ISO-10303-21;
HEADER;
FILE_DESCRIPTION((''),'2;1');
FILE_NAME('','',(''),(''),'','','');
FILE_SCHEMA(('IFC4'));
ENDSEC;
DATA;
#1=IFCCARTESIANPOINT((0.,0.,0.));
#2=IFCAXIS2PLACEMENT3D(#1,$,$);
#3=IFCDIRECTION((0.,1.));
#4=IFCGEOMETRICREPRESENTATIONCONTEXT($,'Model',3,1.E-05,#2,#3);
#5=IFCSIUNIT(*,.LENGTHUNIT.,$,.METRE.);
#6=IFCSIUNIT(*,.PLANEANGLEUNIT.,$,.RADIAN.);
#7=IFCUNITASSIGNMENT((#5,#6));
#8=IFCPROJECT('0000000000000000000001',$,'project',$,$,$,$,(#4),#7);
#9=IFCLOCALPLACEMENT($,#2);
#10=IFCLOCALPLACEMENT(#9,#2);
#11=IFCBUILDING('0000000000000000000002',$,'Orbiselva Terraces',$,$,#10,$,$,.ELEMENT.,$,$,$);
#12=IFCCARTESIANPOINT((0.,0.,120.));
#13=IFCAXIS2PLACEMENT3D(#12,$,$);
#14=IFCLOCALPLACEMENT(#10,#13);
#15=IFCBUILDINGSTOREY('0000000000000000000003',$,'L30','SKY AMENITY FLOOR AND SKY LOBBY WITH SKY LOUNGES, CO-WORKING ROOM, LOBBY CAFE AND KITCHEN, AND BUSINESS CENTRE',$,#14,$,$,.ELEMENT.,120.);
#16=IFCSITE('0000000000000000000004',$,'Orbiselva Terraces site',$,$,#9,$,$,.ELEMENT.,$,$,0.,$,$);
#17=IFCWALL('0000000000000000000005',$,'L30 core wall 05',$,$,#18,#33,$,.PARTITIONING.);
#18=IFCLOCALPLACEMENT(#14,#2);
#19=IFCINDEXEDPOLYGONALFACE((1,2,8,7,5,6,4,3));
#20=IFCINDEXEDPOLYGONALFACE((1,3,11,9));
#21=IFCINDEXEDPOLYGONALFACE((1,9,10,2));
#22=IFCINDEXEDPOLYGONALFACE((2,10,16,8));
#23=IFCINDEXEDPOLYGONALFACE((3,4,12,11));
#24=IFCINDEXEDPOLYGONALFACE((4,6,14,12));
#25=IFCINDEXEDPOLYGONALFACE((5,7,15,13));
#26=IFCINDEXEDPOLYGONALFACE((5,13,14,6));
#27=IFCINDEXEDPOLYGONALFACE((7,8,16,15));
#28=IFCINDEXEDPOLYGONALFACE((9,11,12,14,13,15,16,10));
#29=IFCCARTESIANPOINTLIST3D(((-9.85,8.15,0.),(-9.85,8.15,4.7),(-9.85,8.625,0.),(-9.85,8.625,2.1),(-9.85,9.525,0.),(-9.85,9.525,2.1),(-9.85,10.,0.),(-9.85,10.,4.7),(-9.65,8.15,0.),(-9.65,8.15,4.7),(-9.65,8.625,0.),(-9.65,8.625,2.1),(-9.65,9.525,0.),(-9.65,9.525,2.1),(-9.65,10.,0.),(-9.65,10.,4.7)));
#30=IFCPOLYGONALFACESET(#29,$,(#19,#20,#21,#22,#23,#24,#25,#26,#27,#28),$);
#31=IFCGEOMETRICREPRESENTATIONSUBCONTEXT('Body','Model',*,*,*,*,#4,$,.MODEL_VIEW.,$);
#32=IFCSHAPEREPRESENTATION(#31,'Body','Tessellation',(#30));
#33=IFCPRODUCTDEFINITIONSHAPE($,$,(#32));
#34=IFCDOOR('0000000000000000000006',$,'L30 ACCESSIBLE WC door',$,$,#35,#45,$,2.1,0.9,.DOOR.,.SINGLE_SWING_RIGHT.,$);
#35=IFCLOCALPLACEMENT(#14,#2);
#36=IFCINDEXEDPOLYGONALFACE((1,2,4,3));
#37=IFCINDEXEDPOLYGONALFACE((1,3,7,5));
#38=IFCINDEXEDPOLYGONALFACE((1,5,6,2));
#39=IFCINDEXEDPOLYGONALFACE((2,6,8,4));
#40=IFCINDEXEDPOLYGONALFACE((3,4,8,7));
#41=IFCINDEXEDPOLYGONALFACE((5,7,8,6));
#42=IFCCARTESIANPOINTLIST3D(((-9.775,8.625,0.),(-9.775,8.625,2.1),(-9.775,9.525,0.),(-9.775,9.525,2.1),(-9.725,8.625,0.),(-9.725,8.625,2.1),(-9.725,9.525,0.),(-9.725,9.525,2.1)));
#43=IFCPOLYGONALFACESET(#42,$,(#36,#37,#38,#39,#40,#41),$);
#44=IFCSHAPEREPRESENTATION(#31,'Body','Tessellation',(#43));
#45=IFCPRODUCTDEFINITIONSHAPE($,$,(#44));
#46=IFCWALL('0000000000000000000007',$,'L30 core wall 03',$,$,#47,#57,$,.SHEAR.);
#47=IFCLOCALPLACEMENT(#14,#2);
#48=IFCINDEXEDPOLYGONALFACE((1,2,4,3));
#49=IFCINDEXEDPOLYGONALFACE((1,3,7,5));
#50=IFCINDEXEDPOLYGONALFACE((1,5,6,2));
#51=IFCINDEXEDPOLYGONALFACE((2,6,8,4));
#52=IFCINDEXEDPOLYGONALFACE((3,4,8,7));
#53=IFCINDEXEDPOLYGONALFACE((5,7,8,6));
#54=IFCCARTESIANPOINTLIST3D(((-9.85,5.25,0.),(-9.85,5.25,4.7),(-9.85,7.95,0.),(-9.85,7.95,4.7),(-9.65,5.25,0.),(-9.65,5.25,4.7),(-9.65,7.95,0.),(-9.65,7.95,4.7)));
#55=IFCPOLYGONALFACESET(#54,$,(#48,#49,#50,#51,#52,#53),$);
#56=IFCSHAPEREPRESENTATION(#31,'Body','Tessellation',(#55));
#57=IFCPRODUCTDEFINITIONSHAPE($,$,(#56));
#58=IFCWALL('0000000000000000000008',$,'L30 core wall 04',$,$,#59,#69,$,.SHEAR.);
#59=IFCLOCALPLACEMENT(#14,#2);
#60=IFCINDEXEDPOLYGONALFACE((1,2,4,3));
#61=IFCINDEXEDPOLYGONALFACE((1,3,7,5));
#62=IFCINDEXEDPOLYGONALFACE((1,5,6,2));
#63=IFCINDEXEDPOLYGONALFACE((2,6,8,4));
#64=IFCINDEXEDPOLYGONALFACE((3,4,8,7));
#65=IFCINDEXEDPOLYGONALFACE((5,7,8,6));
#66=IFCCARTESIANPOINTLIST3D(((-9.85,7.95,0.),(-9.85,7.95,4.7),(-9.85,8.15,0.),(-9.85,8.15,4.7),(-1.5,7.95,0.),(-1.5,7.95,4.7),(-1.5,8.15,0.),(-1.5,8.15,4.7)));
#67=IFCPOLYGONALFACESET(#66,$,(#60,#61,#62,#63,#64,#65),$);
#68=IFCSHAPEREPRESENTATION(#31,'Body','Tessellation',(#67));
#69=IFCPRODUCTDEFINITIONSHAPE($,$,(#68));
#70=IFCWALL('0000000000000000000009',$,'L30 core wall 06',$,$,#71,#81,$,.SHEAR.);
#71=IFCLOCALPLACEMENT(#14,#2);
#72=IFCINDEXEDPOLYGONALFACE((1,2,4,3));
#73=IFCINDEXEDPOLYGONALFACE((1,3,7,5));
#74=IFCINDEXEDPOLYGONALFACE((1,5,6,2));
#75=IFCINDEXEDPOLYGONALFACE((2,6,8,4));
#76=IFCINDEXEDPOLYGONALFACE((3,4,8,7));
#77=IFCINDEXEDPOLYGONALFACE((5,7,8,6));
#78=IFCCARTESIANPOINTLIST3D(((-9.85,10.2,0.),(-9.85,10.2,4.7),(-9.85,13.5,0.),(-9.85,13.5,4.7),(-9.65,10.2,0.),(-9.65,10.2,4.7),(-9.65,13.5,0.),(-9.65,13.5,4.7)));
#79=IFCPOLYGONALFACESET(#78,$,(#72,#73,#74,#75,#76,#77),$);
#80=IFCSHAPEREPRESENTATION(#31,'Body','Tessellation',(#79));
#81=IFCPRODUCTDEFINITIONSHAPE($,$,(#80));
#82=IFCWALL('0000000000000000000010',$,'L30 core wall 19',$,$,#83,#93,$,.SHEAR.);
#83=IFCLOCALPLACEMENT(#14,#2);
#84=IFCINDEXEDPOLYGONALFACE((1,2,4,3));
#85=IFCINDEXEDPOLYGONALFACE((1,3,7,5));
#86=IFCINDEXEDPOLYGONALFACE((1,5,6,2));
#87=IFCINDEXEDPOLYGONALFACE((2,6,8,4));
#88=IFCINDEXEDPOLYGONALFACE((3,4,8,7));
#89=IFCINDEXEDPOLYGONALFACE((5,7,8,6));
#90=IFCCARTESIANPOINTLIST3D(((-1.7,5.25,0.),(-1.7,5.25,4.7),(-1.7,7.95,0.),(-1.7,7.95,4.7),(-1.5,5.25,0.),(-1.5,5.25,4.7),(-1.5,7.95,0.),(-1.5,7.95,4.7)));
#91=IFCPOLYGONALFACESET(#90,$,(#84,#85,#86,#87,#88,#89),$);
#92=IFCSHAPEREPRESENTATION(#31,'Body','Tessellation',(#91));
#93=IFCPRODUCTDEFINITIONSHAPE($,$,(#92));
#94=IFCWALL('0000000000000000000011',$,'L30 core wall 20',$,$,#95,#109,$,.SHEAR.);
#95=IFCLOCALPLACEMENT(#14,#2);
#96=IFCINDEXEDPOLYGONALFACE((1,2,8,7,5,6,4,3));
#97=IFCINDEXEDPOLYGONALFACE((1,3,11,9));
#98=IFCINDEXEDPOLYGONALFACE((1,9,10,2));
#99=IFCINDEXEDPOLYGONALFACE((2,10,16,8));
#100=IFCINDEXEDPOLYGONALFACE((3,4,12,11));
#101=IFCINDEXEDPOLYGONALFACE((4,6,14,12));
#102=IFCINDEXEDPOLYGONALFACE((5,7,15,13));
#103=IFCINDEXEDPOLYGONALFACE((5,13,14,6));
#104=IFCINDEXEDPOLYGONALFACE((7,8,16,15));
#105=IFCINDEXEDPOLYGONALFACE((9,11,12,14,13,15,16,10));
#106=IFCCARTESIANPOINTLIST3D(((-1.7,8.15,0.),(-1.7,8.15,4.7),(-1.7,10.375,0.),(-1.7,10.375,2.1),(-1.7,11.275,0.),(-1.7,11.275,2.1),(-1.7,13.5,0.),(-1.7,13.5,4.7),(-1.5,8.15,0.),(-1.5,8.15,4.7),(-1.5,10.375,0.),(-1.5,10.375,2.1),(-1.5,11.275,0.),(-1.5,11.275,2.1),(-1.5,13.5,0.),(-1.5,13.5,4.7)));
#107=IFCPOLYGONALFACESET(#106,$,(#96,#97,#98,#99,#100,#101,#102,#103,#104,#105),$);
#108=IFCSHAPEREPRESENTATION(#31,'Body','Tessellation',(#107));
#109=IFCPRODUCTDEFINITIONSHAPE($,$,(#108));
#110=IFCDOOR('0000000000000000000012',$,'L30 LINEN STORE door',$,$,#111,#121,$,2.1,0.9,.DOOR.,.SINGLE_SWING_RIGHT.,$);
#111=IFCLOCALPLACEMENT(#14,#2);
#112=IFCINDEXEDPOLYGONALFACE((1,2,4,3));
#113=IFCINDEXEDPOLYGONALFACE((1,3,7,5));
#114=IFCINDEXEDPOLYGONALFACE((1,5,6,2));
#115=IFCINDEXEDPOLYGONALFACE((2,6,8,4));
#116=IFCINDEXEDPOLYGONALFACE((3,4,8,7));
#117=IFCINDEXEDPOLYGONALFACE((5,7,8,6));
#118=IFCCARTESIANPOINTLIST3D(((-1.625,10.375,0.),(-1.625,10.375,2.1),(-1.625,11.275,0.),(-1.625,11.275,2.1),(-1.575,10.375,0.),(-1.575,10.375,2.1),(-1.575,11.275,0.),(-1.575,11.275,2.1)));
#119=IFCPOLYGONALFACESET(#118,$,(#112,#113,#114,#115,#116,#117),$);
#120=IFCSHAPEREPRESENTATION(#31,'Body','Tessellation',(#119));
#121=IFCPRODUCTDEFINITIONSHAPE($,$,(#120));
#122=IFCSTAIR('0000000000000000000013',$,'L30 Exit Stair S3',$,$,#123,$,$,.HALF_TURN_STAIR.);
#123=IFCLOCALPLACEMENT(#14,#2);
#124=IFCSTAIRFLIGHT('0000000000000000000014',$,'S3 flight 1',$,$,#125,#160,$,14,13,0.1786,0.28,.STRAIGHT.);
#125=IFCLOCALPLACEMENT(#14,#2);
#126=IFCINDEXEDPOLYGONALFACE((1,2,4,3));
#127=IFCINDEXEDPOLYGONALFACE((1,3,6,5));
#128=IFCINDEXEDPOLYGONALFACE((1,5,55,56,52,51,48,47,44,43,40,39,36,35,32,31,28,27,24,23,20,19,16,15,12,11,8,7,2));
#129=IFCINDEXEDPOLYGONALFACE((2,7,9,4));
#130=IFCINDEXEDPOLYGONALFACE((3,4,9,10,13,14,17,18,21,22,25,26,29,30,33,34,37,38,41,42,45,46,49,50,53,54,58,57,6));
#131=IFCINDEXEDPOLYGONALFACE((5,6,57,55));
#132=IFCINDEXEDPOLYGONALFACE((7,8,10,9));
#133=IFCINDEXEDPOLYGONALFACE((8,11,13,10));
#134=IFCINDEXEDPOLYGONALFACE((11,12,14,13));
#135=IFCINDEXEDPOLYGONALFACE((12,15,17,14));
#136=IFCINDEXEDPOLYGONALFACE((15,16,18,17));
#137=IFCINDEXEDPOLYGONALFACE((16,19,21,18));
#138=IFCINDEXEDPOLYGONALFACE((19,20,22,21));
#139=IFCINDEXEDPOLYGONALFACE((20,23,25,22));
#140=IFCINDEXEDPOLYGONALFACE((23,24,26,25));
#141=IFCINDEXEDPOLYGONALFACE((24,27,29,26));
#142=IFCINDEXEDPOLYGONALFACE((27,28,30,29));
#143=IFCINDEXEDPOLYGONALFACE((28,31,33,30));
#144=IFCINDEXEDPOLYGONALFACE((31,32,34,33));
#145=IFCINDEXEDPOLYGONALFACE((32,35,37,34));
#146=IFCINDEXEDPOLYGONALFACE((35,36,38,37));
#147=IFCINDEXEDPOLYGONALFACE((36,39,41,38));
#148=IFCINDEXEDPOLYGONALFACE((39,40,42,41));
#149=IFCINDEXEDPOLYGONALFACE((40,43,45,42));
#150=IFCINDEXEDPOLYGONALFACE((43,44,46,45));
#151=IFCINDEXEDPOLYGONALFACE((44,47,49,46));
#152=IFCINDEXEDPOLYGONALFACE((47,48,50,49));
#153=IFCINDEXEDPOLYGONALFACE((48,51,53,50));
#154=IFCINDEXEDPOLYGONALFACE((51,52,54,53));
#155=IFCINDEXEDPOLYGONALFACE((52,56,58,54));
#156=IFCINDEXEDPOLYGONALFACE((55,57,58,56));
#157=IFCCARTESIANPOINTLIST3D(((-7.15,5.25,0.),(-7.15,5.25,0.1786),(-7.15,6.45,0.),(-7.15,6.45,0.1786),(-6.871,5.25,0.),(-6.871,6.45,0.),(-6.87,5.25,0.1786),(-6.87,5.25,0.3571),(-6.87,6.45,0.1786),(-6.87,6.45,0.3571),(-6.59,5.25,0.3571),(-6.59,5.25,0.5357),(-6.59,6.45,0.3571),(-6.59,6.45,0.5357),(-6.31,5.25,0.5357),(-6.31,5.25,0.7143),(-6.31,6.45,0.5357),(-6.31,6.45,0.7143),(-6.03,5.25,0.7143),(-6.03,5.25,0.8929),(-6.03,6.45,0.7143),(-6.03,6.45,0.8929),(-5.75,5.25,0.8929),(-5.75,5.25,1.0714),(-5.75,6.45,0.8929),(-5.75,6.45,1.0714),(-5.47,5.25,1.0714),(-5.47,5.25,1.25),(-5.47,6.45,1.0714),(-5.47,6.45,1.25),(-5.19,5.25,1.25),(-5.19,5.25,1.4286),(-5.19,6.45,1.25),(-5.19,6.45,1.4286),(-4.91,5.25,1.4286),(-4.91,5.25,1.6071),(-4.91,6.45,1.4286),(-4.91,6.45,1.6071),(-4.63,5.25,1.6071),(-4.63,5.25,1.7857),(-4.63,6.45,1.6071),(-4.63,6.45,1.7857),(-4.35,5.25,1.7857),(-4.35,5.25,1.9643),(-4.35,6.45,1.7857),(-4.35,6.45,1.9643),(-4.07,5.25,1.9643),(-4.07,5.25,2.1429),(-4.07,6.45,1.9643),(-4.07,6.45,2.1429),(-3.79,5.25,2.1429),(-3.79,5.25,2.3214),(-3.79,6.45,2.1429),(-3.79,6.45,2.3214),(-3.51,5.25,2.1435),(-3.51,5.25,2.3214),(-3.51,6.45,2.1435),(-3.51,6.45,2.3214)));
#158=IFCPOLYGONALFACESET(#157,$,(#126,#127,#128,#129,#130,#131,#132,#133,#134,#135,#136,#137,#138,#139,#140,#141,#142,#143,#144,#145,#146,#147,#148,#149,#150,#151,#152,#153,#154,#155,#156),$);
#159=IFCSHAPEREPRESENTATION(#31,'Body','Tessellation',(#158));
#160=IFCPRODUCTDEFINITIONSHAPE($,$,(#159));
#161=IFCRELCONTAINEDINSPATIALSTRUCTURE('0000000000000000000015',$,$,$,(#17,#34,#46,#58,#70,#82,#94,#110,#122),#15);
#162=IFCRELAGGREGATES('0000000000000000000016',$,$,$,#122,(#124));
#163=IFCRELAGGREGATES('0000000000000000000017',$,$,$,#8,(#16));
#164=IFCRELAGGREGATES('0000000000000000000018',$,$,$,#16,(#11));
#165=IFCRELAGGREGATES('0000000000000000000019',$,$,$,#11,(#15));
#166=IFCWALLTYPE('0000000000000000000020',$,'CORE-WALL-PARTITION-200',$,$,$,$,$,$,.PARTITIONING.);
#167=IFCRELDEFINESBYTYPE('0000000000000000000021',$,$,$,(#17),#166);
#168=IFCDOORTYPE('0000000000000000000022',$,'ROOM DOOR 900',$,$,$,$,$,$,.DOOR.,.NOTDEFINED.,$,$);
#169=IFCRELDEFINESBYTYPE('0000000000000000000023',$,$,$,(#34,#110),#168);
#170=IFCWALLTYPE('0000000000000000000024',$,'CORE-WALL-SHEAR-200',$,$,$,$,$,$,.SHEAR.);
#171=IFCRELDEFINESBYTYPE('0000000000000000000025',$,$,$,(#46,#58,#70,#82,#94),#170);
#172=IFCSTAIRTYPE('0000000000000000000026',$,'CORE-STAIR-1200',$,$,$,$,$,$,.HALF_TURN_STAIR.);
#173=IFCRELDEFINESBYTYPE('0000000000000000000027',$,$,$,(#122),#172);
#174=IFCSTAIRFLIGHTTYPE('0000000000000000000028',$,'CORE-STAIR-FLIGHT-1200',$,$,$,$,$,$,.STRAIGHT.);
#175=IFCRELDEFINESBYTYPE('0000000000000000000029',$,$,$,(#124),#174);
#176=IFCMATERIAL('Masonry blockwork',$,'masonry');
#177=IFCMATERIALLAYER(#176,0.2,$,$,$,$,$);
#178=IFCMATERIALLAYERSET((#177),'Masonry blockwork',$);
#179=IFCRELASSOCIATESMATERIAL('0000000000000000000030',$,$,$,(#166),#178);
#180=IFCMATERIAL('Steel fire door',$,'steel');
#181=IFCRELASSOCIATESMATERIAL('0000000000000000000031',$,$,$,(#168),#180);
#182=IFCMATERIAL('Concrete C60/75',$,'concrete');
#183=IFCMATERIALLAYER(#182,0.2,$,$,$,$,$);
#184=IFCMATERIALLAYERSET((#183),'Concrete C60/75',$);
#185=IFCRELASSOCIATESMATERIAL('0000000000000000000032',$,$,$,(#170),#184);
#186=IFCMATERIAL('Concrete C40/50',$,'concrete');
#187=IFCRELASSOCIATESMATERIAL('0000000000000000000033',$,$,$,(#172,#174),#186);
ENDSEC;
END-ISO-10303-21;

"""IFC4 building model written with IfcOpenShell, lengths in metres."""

from ifc_helpers import new_model, si_unit, direction, frame, frame_2d, origin, place, context, subcontext, project, spatial, polyline, rectangle, outline, extrude, material, layer, layer_set, type_object, element, fill, aggregate, save


model = new_model("IFC4")

# Units and contexts
model_context = context("Model", 3, precision=1e-05, world=origin(), true_north=direction((0.0, 1.0)))
body_context = subcontext(model_context, "Body", "Model", "MODEL_VIEW")
ifc_project = project(units=[si_unit("LENGTHUNIT", "METRE"), si_unit("PLANEANGLEUNIT", "RADIAN")], contexts=[model_context])

# Site, building, storey
site_placement = place(None, origin())
site = spatial("IfcSite", under=ifc_project, at=site_placement, Name="Orbiselva Terraces site", CompositionType="ELEMENT", RefElevation=0.0)
building_placement = place(site_placement, origin())
building = spatial("IfcBuilding", under=site, at=building_placement, Name="Orbiselva Terraces", CompositionType="ELEMENT")
storey_placement = place(building_placement, frame((0.0, 0.0, 120.0)))
storey = spatial("IfcBuildingStorey", under=building, at=storey_placement, Name="L30", Description="SKY AMENITY FLOOR AND SKY LOBBY WITH SKY LOUNGES, CO-WORKING ROOM, LOBBY CAFE AND KITCHEN, AND BUSINESS CENTRE", CompositionType="ELEMENT", Elevation=120.0)

# Wall, opening, door
ifc_material_1 = material(Name="Masonry blockwork", Category="masonry")
ifc_layer_1 = layer(ifc_material_1, 0.2)
ifc_layer_set_1 = layer_set([ifc_layer_1], Name="Masonry blockwork")
wall_type_1 = type_object("IfcWallType", Name="CORE-WALL-PARTITION-200", PredefinedType="PARTITIONING", material=ifc_layer_set_1)
wall_1_placement = place(storey_placement, frame((-9.75, 8.15, 0.0), z_axis=(0.0, 0.0, 1.0), x_axis=(0.0, 1.0, 0.0)))
wall_1 = element("IfcWall", 1, at=wall_1_placement, inside=storey, type_object=wall_type_1, Name="L30 core wall 05", PredefinedType="PARTITIONING", context=body_context, shape_type="SweptSolid", body=[
    extrude(rectangle(XDim=1.85, YDim=0.2, at=frame_2d((0.925, 0.0))), origin(), (0.0, 0.0, 1.0), 4.7),
])
opening_1_placement = place(wall_1_placement, frame((0.475, 0.0, 0.0)))
opening_1 = element("IfcOpeningElement", 2, at=opening_1_placement, cuts=wall_1, PredefinedType="OPENING", context=body_context, shape_type="SweptSolid", body=[
    extrude(rectangle(XDim=0.9, YDim=2.1, at=frame_2d((0.45, 1.05))), frame((0.0, 0.11, 0.0), z_axis=(0.0, -1.0, 0.0), x_axis=(1.0, 0.0, 0.0)), (0.0, 0.0, 1.0), 0.22),
])
ifc_material_2 = material(Name="Steel fire door", Category="steel")
door_type = type_object("IfcDoorType", Name="ROOM DOOR 900", OperationType="NOTDEFINED", PredefinedType="DOOR", material=ifc_material_2)
door_1_placement = place(opening_1_placement, origin())
door_1 = element("IfcDoor", 3, at=door_1_placement, inside=storey, type_object=door_type, Name="L30 ACCESSIBLE WC door", OperationType="SINGLE_SWING_RIGHT", OverallHeight=2.1, OverallWidth=0.9, PredefinedType="DOOR", context=body_context, shape_type="SweptSolid", body=[
    extrude(rectangle(XDim=0.9, YDim=2.1, at=frame_2d((0.45, 1.05))), frame((0.0, 0.025, 0.0), z_axis=(0.0, -1.0, 0.0), x_axis=(1.0, 0.0, 0.0)), (0.0, 0.0, 1.0), 0.05),
])
fill(opening_1, door_1)

# Walls
ifc_material_3 = material(Name="Concrete C60/75", Category="concrete")
ifc_layer_2 = layer(ifc_material_3, 0.2)
ifc_layer_set_2 = layer_set([ifc_layer_2], Name="Concrete C60/75")
wall_type_2 = type_object("IfcWallType", Name="CORE-WALL-SHEAR-200", PredefinedType="SHEAR", material=ifc_layer_set_2)
wall_2_placement = place(storey_placement, frame((-9.75, 5.25, 0.0), z_axis=(0.0, 0.0, 1.0), x_axis=(0.0, 1.0, 0.0)))
element("IfcWall", 4, at=wall_2_placement, inside=storey, type_object=wall_type_2, Name="L30 core wall 03", PredefinedType="SHEAR", context=body_context, shape_type="SweptSolid", body=[
    extrude(rectangle(XDim=2.7, YDim=0.2, at=frame_2d((1.35, 0.0))), origin(), (0.0, 0.0, 1.0), 4.7),
])
wall_3_placement = place(storey_placement, frame((-9.85, 8.05, 0.0), z_axis=(0.0, 0.0, 1.0), x_axis=(1.0, 0.0, 0.0)))
element("IfcWall", 5, at=wall_3_placement, inside=storey, type_object=wall_type_2, Name="L30 core wall 04", PredefinedType="SHEAR", context=body_context, shape_type="SweptSolid", body=[
    extrude(rectangle(XDim=8.35, YDim=0.2, at=frame_2d((4.175, 0.0))), origin(), (0.0, 0.0, 1.0), 4.7),
])
wall_4_placement = place(storey_placement, frame((-9.75, 10.2, 0.0), z_axis=(0.0, 0.0, 1.0), x_axis=(0.0, 1.0, 0.0)))
element("IfcWall", 6, at=wall_4_placement, inside=storey, type_object=wall_type_2, Name="L30 core wall 06", PredefinedType="SHEAR", context=body_context, shape_type="SweptSolid", body=[
    extrude(rectangle(XDim=3.3, YDim=0.2, at=frame_2d((1.65, 0.0))), origin(), (0.0, 0.0, 1.0), 4.7),
])
wall_5_placement = place(storey_placement, frame((-1.6, 5.25, 0.0), z_axis=(0.0, 0.0, 1.0), x_axis=(0.0, 1.0, 0.0)))
element("IfcWall", 7, at=wall_5_placement, inside=storey, type_object=wall_type_2, Name="L30 core wall 19", PredefinedType="SHEAR", context=body_context, shape_type="SweptSolid", body=[
    extrude(rectangle(XDim=2.7, YDim=0.2, at=frame_2d((1.35, 0.0))), origin(), (0.0, 0.0, 1.0), 4.7),
])

# Wall, opening, door
wall_6_placement = place(storey_placement, frame((-1.6, 8.15, 0.0), z_axis=(0.0, 0.0, 1.0), x_axis=(0.0, 1.0, 0.0)))
wall_6 = element("IfcWall", 8, at=wall_6_placement, inside=storey, type_object=wall_type_2, Name="L30 core wall 20", PredefinedType="SHEAR", context=body_context, shape_type="SweptSolid", body=[
    extrude(rectangle(XDim=5.35, YDim=0.2, at=frame_2d((2.675, 0.0))), origin(), (0.0, 0.0, 1.0), 4.7),
])
opening_2_placement = place(wall_6_placement, frame((2.225, 0.0, 0.0)))
opening_2 = element("IfcOpeningElement", 9, at=opening_2_placement, cuts=wall_6, PredefinedType="OPENING", context=body_context, shape_type="SweptSolid", body=[
    extrude(rectangle(XDim=0.9, YDim=2.1, at=frame_2d((0.45, 1.05))), frame((0.0, 0.11, 0.0), z_axis=(0.0, -1.0, 0.0), x_axis=(1.0, 0.0, 0.0)), (0.0, 0.0, 1.0), 0.22),
])
door_2_placement = place(opening_2_placement, origin())
door_2 = element("IfcDoor", 10, at=door_2_placement, inside=storey, type_object=door_type, Name="L30 LINEN STORE door", OperationType="SINGLE_SWING_RIGHT", OverallHeight=2.1, OverallWidth=0.9, PredefinedType="DOOR", context=body_context, shape_type="SweptSolid", body=[
    extrude(rectangle(XDim=0.9, YDim=2.1, at=frame_2d((0.45, 1.05))), frame((0.0, 0.025, 0.0), z_axis=(0.0, -1.0, 0.0), x_axis=(1.0, 0.0, 0.0)), (0.0, 0.0, 1.0), 0.05),
])
fill(opening_2, door_2)

# Stair, stair flight
ifc_material_4 = material(Name="Concrete C40/50", Category="concrete")
stair_type_1 = type_object("IfcStairType", Name="CORE-STAIR-1200", PredefinedType="HALF_TURN_STAIR", material=ifc_material_4)
stair_1_placement = place(storey_placement, origin())
stair_1 = element("IfcStair", 11, at=stair_1_placement, inside=storey, type_object=stair_type_1, Name="L30 Exit Stair S3", PredefinedType="HALF_TURN_STAIR")
stair_flight_type_1 = type_object("IfcStairFlightType", Name="CORE-STAIR-FLIGHT-1200", PredefinedType="STRAIGHT", material=ifc_material_4)
stair_flight_1_placement = place(storey_placement, frame((-7.15, 5.85, 0.0), z_axis=(0.0, 0.0, 1.0), x_axis=(1.0, 0.0, 0.0)))
stair_flight_1 = element("IfcStairFlight", 12, at=stair_flight_1_placement, type_object=stair_flight_type_1, Name="S3 flight 1", NumberOfRisers=14, NumberOfTreads=13, PredefinedType="STRAIGHT", RiserHeight=0.1786, TreadLength=0.28, context=body_context, shape_type="SweptSolid", body=[
    extrude(outline(polyline([(0.0, 0.0), (0.0, 0.1786), (0.28, 0.1786), (0.28, 0.3571), (0.56, 0.3571), (0.56, 0.5357), (0.84, 0.5357), (0.84, 0.7143), (1.12, 0.7143), (1.12, 0.8929), (1.4, 0.8929), (1.4, 1.0714), (1.68, 1.0714), (1.68, 1.25), (1.96, 1.25), (1.96, 1.4286), (2.24, 1.4286), (2.24, 1.6071), (2.52, 1.6071), (2.52, 1.7857), (2.8, 1.7857), (2.8, 1.9643), (3.08, 1.9643), (3.08, 2.1429), (3.36, 2.1429), (3.36, 2.3214), (3.64, 2.3214), (3.64, 2.5), (3.64, 2.1435), (0.279, 0.0), (0.0, 0.0)])), frame((0.0, 0.6, 0.0), z_axis=(0.0, -1.0, 0.0), x_axis=(1.0, 0.0, 0.0)), (0.0, 0.0, 1.0), 1.2),
])
aggregate(stair_1, [stair_flight_1])

save(model, "model.ifc")
